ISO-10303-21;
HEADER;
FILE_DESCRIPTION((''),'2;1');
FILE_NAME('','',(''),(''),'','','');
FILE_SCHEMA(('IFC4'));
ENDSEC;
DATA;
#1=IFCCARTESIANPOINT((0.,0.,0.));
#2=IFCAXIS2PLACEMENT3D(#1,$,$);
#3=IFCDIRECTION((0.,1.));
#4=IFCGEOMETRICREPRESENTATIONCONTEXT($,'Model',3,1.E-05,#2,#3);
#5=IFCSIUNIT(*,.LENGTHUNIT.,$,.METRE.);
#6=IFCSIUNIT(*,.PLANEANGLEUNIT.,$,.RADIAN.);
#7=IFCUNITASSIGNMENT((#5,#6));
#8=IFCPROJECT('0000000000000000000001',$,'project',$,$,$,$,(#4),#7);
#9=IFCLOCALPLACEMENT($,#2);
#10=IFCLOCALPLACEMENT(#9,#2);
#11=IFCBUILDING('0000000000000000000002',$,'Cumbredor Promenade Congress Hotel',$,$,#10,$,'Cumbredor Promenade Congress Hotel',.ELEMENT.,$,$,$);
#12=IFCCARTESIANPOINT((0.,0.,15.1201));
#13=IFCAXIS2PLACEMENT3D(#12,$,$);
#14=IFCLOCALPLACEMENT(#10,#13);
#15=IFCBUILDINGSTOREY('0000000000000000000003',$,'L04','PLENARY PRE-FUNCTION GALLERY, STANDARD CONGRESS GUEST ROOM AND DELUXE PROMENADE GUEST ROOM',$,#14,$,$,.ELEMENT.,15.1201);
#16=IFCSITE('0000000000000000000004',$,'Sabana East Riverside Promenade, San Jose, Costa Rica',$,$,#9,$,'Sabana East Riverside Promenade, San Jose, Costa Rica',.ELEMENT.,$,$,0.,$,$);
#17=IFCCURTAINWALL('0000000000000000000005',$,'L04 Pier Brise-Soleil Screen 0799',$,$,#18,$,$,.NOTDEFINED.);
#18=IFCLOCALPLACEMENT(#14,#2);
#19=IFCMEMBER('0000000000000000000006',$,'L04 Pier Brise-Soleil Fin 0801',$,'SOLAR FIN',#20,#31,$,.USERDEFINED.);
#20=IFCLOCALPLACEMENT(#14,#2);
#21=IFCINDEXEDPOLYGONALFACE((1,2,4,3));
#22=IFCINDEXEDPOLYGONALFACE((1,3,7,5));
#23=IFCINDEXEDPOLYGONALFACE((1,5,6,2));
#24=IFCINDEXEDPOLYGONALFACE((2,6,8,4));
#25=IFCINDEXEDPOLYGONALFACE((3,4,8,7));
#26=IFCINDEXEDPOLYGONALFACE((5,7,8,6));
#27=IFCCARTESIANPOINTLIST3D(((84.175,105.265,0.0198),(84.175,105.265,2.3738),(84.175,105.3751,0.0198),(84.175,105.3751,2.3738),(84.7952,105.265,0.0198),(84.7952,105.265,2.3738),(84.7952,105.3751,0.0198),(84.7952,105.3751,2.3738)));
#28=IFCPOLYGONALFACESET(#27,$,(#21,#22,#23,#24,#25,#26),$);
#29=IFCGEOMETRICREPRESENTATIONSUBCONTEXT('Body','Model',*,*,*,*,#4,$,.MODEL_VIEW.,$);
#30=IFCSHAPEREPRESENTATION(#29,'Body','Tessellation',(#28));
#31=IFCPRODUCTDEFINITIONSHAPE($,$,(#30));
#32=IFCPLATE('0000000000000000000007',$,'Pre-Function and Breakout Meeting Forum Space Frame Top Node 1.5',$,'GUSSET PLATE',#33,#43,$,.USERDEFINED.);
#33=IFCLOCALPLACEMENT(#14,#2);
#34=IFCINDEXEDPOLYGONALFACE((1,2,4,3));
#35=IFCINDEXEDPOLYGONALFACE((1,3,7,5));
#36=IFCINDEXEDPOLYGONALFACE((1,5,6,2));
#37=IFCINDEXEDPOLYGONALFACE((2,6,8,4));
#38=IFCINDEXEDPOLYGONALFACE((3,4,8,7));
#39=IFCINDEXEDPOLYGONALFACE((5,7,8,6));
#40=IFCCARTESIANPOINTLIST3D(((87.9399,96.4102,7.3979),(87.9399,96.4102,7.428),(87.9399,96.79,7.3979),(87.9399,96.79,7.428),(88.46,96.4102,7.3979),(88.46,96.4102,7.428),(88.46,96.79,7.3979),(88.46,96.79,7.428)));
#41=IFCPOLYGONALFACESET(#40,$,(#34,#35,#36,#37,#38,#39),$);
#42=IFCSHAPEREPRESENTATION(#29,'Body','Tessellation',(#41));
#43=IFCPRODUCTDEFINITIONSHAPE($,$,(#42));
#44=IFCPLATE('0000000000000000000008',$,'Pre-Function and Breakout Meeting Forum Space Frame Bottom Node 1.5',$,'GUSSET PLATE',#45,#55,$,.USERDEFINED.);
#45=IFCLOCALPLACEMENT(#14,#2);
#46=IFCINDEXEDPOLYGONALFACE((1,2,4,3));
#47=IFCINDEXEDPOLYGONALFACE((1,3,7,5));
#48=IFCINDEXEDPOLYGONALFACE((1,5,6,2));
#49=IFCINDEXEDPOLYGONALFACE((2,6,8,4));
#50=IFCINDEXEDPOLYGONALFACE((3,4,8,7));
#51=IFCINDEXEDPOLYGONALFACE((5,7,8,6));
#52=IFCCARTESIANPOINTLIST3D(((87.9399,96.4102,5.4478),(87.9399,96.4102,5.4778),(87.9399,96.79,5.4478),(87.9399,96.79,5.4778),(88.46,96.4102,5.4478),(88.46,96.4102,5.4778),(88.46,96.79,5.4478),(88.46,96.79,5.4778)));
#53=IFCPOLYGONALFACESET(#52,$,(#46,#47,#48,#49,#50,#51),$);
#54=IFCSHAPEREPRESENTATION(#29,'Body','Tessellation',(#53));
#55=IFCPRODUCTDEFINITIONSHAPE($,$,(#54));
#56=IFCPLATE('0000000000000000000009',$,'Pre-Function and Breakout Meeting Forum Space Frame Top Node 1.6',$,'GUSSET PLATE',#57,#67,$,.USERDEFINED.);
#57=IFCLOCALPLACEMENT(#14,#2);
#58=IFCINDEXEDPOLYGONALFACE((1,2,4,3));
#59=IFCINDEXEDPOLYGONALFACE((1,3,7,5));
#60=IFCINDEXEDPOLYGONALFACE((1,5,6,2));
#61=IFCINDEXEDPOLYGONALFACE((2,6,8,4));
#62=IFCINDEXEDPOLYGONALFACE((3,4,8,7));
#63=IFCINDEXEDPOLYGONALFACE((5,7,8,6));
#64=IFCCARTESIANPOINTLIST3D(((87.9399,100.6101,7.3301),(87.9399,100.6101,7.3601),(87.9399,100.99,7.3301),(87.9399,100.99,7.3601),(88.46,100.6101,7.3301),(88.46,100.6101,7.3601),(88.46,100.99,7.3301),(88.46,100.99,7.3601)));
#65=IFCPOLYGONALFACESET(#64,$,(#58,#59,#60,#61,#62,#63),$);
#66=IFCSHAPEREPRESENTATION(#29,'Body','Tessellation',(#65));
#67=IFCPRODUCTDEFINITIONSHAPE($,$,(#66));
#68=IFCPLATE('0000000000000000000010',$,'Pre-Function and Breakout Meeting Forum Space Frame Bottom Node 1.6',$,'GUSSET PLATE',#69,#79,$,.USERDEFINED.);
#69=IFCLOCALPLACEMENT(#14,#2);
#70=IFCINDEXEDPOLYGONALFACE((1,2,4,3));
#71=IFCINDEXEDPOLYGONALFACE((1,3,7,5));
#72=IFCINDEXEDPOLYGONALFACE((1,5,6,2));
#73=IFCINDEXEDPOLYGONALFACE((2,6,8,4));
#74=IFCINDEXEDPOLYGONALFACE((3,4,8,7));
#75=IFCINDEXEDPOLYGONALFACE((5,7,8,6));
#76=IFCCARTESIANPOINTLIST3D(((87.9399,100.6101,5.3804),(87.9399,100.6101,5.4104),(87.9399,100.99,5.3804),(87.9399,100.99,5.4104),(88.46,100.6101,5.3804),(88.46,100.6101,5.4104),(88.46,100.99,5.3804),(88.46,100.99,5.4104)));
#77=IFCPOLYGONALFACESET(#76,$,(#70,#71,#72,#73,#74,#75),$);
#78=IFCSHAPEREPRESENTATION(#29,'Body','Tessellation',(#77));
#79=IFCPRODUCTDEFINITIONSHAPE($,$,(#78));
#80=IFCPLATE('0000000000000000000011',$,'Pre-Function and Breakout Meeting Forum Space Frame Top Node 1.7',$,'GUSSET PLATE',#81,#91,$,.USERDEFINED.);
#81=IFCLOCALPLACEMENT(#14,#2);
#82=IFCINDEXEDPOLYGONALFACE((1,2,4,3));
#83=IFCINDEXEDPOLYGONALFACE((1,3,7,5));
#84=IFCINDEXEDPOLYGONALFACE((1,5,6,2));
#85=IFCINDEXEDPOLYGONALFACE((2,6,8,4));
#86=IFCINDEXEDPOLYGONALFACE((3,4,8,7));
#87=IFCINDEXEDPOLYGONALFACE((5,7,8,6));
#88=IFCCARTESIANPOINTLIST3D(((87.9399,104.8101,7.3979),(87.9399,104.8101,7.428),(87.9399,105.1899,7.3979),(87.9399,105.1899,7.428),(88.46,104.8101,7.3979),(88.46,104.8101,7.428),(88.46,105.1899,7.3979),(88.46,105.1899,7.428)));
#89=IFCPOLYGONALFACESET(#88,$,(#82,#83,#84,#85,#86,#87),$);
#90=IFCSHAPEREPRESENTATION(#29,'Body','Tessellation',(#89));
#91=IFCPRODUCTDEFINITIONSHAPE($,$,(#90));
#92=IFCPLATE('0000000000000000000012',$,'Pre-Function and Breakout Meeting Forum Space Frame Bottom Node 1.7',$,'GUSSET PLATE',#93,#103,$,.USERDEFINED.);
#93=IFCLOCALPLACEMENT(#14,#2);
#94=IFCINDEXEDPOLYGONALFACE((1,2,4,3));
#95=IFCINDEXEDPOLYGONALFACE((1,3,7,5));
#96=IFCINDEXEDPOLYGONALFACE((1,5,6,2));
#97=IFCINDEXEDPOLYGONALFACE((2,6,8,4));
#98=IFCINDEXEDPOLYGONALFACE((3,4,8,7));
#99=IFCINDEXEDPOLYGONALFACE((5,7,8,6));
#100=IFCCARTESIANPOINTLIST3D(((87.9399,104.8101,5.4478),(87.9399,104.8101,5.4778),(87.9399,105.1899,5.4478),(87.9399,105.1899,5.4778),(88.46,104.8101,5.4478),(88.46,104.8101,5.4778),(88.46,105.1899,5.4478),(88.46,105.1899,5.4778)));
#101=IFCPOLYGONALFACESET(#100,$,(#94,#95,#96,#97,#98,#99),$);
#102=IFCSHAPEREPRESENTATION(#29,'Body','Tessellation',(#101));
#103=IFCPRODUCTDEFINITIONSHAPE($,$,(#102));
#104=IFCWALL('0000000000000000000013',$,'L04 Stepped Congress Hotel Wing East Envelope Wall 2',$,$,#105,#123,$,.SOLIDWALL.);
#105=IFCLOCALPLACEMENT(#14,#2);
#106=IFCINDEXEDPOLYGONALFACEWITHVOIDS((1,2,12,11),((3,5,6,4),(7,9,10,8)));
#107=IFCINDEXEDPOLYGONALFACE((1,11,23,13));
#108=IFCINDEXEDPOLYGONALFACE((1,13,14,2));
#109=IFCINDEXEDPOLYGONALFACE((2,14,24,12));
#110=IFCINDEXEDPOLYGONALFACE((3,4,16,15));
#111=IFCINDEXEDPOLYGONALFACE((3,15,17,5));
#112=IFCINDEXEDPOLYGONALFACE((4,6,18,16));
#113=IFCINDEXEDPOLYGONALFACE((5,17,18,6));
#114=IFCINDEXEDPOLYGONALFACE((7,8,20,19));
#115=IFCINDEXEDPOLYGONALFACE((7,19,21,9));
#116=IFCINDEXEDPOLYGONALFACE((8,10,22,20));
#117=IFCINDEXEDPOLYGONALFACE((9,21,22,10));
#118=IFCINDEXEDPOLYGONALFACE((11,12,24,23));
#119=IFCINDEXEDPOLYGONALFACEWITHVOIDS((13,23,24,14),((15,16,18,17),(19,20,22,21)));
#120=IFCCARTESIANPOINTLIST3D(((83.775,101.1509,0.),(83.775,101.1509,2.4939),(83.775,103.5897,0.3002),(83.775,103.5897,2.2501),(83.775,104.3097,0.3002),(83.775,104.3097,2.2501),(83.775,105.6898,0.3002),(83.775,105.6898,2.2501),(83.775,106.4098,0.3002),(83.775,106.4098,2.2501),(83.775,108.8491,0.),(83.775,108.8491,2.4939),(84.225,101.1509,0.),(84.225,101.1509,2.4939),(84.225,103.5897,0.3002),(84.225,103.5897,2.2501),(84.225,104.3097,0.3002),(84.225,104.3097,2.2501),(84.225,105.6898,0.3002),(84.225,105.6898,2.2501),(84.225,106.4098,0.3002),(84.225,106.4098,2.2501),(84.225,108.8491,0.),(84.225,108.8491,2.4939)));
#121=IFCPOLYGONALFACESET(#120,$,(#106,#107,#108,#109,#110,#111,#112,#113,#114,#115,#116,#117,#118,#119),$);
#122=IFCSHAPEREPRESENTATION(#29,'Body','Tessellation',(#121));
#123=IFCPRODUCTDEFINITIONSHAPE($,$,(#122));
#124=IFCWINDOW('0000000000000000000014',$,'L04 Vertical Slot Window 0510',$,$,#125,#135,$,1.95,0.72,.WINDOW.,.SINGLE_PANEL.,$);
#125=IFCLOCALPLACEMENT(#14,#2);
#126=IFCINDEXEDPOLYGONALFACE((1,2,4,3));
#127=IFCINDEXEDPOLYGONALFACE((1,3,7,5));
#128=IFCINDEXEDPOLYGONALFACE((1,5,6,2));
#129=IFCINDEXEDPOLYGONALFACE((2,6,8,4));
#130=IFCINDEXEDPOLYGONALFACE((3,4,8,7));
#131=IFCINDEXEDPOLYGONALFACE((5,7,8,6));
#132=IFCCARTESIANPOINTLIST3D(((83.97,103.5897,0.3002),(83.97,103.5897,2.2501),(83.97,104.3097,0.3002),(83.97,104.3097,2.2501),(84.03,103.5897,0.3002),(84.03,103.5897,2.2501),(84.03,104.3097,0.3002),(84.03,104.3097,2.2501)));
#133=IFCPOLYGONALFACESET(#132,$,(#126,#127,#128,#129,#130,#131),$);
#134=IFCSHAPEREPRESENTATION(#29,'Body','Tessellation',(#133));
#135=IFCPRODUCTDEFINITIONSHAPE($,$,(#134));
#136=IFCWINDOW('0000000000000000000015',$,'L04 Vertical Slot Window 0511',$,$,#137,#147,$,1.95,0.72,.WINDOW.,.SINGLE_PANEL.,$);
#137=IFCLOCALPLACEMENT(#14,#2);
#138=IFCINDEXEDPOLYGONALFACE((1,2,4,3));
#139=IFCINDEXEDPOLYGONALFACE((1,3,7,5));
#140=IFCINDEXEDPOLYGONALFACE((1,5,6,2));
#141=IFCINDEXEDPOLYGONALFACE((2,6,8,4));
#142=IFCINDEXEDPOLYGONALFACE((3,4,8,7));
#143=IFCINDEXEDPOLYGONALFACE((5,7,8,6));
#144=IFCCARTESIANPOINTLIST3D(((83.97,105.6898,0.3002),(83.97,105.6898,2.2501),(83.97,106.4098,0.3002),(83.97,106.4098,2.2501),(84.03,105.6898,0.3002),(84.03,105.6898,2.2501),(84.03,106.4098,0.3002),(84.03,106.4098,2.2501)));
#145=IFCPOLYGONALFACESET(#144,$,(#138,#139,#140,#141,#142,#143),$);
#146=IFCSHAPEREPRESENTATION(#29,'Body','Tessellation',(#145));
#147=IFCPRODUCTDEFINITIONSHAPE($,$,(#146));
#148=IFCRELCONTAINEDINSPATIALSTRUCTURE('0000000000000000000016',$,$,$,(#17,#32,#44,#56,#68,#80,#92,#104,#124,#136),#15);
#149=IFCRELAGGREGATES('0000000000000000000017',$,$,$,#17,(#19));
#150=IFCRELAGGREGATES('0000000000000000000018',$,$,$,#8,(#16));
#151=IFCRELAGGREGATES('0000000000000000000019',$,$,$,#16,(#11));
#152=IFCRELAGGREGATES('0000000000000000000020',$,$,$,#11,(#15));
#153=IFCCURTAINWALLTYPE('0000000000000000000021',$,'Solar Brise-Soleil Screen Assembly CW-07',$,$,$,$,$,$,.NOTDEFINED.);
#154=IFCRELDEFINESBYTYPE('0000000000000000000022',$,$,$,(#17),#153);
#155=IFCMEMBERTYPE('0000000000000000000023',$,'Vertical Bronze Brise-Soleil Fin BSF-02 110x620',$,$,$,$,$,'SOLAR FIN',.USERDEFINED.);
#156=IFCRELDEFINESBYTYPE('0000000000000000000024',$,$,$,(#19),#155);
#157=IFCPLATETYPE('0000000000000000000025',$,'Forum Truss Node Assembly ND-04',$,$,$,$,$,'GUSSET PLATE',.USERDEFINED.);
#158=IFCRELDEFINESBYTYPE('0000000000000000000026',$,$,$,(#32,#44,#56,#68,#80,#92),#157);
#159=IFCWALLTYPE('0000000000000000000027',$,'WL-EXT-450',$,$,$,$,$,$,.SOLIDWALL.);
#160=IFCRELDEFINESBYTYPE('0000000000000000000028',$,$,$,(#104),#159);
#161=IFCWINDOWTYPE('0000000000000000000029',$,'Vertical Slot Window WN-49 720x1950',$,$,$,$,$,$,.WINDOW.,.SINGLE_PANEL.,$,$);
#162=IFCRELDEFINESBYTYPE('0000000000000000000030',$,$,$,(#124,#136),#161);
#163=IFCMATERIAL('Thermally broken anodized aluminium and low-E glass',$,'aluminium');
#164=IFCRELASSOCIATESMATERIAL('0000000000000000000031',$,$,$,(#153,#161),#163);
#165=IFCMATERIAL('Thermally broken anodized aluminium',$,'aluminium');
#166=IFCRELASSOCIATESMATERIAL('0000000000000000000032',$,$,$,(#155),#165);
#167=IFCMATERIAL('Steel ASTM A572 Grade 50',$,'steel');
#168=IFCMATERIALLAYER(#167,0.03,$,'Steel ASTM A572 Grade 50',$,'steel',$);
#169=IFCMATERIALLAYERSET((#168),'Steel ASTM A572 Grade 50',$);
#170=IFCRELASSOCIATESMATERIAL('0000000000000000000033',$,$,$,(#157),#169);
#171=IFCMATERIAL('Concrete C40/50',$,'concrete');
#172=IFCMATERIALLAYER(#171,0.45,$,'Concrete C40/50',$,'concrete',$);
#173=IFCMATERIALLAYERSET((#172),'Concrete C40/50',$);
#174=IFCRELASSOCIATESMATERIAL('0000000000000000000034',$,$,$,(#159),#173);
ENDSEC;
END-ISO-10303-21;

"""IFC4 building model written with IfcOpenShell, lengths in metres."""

from ifc_helpers import new_model, si_unit, direction, frame, frame_2d, origin, origin_2d, place, context, subcontext, project, spatial, rectangle, extrude, material, layer, layer_set, material_profile, profile_set, type_object, element, fill, aggregate, save


model = new_model("IFC4")

# Units and contexts
model_context = context("Model", 3, precision=1e-05, world=origin(), true_north=direction((0.0, 1.0)))
body_context = subcontext(model_context, "Body", "Model", "MODEL_VIEW")
ifc_project = project(units=[si_unit("LENGTHUNIT", "METRE"), si_unit("PLANEANGLEUNIT", "RADIAN")], contexts=[model_context])

# Site, building, storey
site_placement = place(None, origin())
site = spatial("IfcSite", under=ifc_project, at=site_placement, Name="Sabana East Riverside Promenade, San Jose, Costa Rica", LongName="Sabana East Riverside Promenade, San Jose, Costa Rica", CompositionType="ELEMENT", RefElevation=0.0)
building_placement = place(site_placement, origin())
building = spatial("IfcBuilding", under=site, at=building_placement, Name="Cumbredor Promenade Congress Hotel", LongName="Cumbredor Promenade Congress Hotel", CompositionType="ELEMENT")
storey_placement = place(building_placement, frame((0.0, 0.0, 15.1201)))
storey = spatial("IfcBuildingStorey", under=building, at=storey_placement, Name="L04", Description="PLENARY PRE-FUNCTION GALLERY, STANDARD CONGRESS GUEST ROOM AND DELUXE PROMENADE GUEST ROOM", CompositionType="ELEMENT", Elevation=15.1201)

# Curtain wall
ifc_material_1 = material(Name="Thermally broken anodized aluminium and low-E glass", Category="aluminium")
curtain_wall_type = type_object("IfcCurtainWallType", Name="Solar Brise-Soleil Screen Assembly CW-07", PredefinedType="NOTDEFINED", material=ifc_material_1)
ifc_material_2 = material(Name="Thermally broken anodized aluminium", Category="aluminium")
curtain_wall_1_placement = place(storey_placement, origin())
curtain_wall_1 = element("IfcCurtainWall", 1, at=curtain_wall_1_placement, inside=storey, type_object=curtain_wall_type, Name="L04 Pier Brise-Soleil Screen 0799", PredefinedType="NOTDEFINED")

# Member
ifc_material_profile_1 = material_profile(ifc_material_2, rectangle(XDim=0.1101, YDim=0.6201, at=origin_2d()), Name="ARCH FIN 110x620")
ifc_profile_set_1 = profile_set([ifc_material_profile_1], Name="Thermally broken anodized aluminium")
member_type_1 = type_object("IfcMemberType", Name="Vertical Bronze Brise-Soleil Fin BSF-02 110x620", ElementType="SOLAR FIN", PredefinedType="USERDEFINED", material=ifc_profile_set_1)
member_1_placement = place(storey_placement, frame((84.4851, 105.3201, 0.0198), z_axis=(0.0, 0.0, 1.0), x_axis=(0.0, 1.0, 0.0)))
member_1 = element("IfcMember", 2, at=member_1_placement, type_object=member_type_1, Name="L04 Pier Brise-Soleil Fin 0801", ObjectType="SOLAR FIN", PredefinedType="USERDEFINED", context=body_context, shape_type="SweptSolid", body=[
    extrude(rectangle(XDim=0.1101, YDim=0.6201, at=origin_2d()), origin(), (0.0, 0.0, 1.0), 2.354),
])
aggregate(curtain_wall_1, [member_1])

# Plates
ifc_material_3 = material(Name="Steel ASTM A572 Grade 50", Category="steel")
ifc_layer_1 = layer(ifc_material_3, 0.03, Name="Steel ASTM A572 Grade 50", Category="steel")
ifc_layer_set_1 = layer_set([ifc_layer_1], Name="Steel ASTM A572 Grade 50")
plate_type = type_object("IfcPlateType", Name="Forum Truss Node Assembly ND-04", ElementType="GUSSET PLATE", PredefinedType="USERDEFINED", material=ifc_layer_set_1)
for number, where, z_axis, x_axis, name in (
    (3, (88.2, 96.6001, 7.3979), (0.0, 0.0, 1.0), (1.0, 0.0, 0.0), "Pre-Function and Breakout Meeting Forum Space Frame Top Node 1.5"),
    (4, (88.2, 96.6001, 5.4478), (0.0, 0.0, 1.0), (1.0, 0.0, 0.0), "Pre-Function and Breakout Meeting Forum Space Frame Bottom Node 1.5"),
    (5, (88.2, 100.8, 7.3301), (0.0, 0.0, 1.0), (1.0, 0.0, 0.0), "Pre-Function and Breakout Meeting Forum Space Frame Top Node 1.6"),
    (6, (88.2, 100.8, 5.3804), (0.0, 0.0, 1.0), (1.0, 0.0, 0.0), "Pre-Function and Breakout Meeting Forum Space Frame Bottom Node 1.6"),
    (7, (88.2, 105.0, 7.3979), (0.0, 0.0, 1.0), (1.0, 0.0, 0.0), "Pre-Function and Breakout Meeting Forum Space Frame Top Node 1.7"),
    (8, (88.2, 105.0, 5.4478), (0.0, 0.0, 1.0), (1.0, 0.0, 0.0), "Pre-Function and Breakout Meeting Forum Space Frame Bottom Node 1.7"),
):
    element("IfcPlate", number, at=place(storey_placement, frame(where, z_axis=z_axis, x_axis=x_axis)), inside=storey, type_object=plate_type, Name=name, ObjectType="GUSSET PLATE", PredefinedType="USERDEFINED", context=body_context, shape_type="SweptSolid", body=[
        extrude(rectangle(XDim=0.52, YDim=0.3799, at=origin_2d()), origin(), (0.0, 0.0, 1.0), 0.03),
    ])

# Wall, openings, windows
ifc_material_4 = material(Name="Concrete C40/50", Category="concrete")
ifc_layer_2 = layer(ifc_material_4, 0.45, Name="Concrete C40/50", Category="concrete")
ifc_layer_set_2 = layer_set([ifc_layer_2], Name="Concrete C40/50")
wall_type = type_object("IfcWallType", Name="WL-EXT-450", PredefinedType="SOLIDWALL", material=ifc_layer_set_2)
wall_placement = place(storey_placement, frame((84.0, 101.1509, 0.0), z_axis=(0.0, 0.0, 1.0), x_axis=(0.0, 1.0, 0.0)))
wall = element("IfcWall", 9, at=wall_placement, inside=storey, type_object=wall_type, Name="L04 Stepped Congress Hotel Wing East Envelope Wall 2", PredefinedType="SOLIDWALL", context=body_context, shape_type="SweptSolid", body=[
    extrude(rectangle(XDim=7.6982, YDim=0.45, at=frame_2d((3.8491, 0.0))), origin(), (0.0, 0.0, 1.0), 2.4939),
])
opening_1_placement = place(wall_placement, frame((2.439, 0.0, 0.3)))
opening_1 = element("IfcOpeningElement", 10, at=opening_1_placement, cuts=wall, PredefinedType="OPENING", context=body_context, shape_type="SweptSolid", body=[
    extrude(rectangle(XDim=0.72, YDim=1.95, at=frame_2d((0.3599, 0.9751))), frame((0.0, 0.2349, 0.0), z_axis=(0.0, -1.0, 0.0), x_axis=(1.0, 0.0, 0.0)), (0.0, 0.0, 1.0), 0.47),
])
opening_2_placement = place(wall_placement, frame((4.5391, 0.0, 0.3)))
opening_2 = element("IfcOpeningElement", 11, at=opening_2_placement, cuts=wall, PredefinedType="OPENING", context=body_context, shape_type="SweptSolid", body=[
    extrude(rectangle(XDim=0.72, YDim=1.95, at=frame_2d((0.3599, 0.9751))), frame((0.0, 0.2349, 0.0), z_axis=(0.0, -1.0, 0.0), x_axis=(1.0, 0.0, 0.0)), (0.0, 0.0, 1.0), 0.47),
])
window_type = type_object("IfcWindowType", Name="Vertical Slot Window WN-49 720x1950", PartitioningType="SINGLE_PANEL", PredefinedType="WINDOW", material=ifc_material_1)
window_1_placement = place(opening_1_placement, origin())
window_1 = element("IfcWindow", 12, at=window_1_placement, inside=storey, type_object=window_type, Name="L04 Vertical Slot Window 0510", OverallHeight=1.95, OverallWidth=0.72, PartitioningType="SINGLE_PANEL", PredefinedType="WINDOW", context=body_context, shape_type="SweptSolid", body=[
    extrude(rectangle(XDim=0.72, YDim=1.95, at=frame_2d((0.3599, 0.9751))), frame((0.0, 0.03, 0.0), z_axis=(0.0, -1.0, 0.0), x_axis=(1.0, 0.0, 0.0)), (0.0, 0.0, 1.0), 0.0601),
])
fill(opening_1, window_1)
window_2_placement = place(opening_2_placement, origin())
window_2 = element("IfcWindow", 13, at=window_2_placement, inside=storey, type_object=window_type, Name="L04 Vertical Slot Window 0511", OverallHeight=1.95, OverallWidth=0.72, PartitioningType="SINGLE_PANEL", PredefinedType="WINDOW", context=body_context, shape_type="SweptSolid", body=[
    extrude(rectangle(XDim=0.72, YDim=1.95, at=frame_2d((0.3599, 0.9751))), frame((0.0, 0.03, 0.0), z_axis=(0.0, -1.0, 0.0), x_axis=(1.0, 0.0, 0.0)), (0.0, 0.0, 1.0), 0.0601),
])
fill(opening_2, window_2)

save(model, "model.ifc")
